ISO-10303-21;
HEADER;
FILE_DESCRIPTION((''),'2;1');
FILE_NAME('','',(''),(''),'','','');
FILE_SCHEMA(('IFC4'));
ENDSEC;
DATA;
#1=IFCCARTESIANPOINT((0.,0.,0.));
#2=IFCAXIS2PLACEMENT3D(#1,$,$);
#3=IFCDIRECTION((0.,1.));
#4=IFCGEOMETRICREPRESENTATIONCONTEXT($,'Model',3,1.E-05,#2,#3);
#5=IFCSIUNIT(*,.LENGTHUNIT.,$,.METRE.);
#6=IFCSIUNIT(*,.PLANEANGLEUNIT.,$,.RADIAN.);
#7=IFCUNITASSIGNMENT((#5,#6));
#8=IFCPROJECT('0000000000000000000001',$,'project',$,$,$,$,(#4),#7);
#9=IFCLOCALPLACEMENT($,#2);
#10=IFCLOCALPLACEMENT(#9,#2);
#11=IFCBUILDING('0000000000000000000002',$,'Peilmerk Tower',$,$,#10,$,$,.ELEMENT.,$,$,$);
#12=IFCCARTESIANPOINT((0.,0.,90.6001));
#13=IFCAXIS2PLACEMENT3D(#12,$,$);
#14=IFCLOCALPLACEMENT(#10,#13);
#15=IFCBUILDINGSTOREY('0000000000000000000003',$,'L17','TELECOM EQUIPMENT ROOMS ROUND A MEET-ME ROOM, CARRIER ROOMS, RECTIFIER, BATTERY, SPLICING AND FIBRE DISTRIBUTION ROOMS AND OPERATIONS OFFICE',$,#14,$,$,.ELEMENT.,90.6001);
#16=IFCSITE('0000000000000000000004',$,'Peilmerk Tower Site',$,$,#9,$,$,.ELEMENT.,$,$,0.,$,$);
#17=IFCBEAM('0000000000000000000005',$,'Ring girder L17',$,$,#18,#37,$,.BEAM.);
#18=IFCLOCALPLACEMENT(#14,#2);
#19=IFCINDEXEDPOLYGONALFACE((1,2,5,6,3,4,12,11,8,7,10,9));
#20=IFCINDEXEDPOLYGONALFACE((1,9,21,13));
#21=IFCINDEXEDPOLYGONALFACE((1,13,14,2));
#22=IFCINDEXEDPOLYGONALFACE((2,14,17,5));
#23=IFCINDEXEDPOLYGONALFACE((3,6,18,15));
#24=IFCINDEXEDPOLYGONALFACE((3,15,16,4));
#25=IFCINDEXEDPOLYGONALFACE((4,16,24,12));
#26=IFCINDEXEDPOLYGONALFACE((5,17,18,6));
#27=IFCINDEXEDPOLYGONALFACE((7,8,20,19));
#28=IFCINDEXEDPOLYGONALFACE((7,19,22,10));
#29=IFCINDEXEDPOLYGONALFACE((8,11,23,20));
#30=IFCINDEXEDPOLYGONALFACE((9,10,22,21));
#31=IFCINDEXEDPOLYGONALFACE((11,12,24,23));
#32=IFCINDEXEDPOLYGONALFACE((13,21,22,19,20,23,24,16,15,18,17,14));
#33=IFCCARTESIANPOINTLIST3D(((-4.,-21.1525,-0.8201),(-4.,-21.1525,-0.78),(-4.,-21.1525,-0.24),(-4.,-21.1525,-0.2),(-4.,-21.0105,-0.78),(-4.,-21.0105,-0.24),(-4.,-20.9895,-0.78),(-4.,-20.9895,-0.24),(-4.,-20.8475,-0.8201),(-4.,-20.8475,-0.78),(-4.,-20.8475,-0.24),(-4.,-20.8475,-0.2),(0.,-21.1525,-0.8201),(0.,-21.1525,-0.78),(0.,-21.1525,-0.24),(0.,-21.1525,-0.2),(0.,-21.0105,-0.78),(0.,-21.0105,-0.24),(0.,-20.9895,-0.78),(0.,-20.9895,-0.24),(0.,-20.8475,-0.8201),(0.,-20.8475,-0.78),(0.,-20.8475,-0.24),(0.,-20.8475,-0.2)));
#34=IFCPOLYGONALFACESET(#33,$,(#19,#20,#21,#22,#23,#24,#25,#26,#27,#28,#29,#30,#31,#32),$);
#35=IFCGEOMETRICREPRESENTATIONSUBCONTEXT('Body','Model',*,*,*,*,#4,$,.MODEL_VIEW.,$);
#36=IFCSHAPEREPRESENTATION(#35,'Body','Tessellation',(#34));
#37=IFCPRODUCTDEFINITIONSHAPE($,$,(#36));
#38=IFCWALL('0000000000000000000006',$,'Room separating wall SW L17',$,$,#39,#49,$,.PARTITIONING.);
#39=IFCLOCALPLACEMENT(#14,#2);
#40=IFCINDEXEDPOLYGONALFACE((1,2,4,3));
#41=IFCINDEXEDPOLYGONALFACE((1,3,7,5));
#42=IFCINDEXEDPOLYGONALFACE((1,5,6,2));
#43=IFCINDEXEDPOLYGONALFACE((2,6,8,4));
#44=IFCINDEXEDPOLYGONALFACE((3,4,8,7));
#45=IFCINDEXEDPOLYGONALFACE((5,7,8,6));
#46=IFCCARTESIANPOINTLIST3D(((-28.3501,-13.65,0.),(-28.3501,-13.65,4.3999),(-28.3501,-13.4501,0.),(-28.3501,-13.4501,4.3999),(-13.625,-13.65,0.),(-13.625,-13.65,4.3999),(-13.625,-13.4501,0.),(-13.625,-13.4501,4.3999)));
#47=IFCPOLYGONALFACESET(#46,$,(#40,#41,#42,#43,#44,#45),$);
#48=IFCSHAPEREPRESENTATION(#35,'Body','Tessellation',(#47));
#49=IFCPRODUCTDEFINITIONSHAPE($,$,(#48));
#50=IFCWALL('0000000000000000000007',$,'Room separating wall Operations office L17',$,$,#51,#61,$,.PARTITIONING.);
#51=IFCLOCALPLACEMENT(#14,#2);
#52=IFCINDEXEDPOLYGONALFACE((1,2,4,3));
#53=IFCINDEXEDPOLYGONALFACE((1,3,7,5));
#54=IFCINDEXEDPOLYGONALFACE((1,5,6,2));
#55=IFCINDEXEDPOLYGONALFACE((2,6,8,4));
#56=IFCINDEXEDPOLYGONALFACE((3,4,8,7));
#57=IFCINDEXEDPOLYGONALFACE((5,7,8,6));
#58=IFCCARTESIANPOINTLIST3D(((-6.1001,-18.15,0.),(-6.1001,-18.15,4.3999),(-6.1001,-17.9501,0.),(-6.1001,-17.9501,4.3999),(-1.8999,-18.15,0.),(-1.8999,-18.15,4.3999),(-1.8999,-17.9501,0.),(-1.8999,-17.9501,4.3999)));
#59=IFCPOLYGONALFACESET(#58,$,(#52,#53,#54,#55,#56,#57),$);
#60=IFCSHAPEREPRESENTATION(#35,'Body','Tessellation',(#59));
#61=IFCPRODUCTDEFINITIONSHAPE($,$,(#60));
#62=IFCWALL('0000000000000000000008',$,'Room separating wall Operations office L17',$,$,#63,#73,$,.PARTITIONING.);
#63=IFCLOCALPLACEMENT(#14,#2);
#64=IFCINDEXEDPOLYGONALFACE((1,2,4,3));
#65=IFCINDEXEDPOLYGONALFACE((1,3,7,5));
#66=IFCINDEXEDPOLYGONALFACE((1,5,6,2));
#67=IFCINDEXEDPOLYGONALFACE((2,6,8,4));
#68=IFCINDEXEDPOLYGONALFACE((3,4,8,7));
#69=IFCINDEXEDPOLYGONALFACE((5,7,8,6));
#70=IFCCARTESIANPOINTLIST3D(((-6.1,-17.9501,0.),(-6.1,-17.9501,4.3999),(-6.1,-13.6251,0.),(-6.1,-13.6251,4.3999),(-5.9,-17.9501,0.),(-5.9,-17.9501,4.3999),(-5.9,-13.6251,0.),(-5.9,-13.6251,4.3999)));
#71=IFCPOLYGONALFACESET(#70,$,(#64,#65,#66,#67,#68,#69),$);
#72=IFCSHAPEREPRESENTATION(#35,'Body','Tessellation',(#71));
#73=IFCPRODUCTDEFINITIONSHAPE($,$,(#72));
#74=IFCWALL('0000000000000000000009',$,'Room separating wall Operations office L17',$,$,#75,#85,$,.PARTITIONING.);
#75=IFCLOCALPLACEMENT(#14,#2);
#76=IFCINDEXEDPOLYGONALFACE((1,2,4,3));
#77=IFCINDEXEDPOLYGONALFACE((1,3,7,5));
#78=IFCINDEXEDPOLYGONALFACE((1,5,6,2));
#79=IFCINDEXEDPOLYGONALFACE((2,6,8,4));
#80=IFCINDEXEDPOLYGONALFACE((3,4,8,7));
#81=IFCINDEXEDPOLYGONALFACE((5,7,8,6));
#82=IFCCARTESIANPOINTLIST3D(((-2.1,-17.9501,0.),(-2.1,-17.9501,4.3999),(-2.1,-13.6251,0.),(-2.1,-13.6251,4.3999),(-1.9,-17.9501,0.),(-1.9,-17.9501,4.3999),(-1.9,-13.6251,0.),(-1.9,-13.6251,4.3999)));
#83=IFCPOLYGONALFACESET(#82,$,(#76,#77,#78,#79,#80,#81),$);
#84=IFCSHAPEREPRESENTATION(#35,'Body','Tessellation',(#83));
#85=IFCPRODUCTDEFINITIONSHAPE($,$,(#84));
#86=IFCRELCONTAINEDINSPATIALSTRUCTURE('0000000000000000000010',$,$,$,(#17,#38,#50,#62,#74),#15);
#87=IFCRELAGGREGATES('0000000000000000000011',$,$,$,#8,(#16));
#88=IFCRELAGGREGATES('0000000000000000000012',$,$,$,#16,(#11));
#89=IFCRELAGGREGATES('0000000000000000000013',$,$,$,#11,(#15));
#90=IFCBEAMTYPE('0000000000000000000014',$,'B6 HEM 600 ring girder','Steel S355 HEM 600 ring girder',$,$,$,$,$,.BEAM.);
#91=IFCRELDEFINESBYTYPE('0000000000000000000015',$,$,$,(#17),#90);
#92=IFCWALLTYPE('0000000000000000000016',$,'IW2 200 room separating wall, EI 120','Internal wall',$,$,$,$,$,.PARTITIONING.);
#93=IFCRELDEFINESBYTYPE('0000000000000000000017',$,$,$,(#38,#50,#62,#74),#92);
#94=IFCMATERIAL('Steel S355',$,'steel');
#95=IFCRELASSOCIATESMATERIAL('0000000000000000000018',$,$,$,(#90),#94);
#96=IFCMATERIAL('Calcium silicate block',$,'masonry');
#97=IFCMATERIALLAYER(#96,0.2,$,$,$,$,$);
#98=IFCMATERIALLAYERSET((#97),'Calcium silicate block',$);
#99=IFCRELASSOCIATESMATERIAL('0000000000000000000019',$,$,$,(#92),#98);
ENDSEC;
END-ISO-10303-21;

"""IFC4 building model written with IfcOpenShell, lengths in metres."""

from ifc_helpers import new_model, si_unit, direction, frame, frame_2d, origin, origin_2d, place, context, subcontext, project, spatial, rectangle, i_section, extrude, material, layer, layer_set, material_profile, profile_set, type_object, element, save


model = new_model("IFC4")

# Units and contexts
model_context = context("Model", 3, precision=1e-05, world=origin(), true_north=direction((0.0, 1.0)))
body_context = subcontext(model_context, "Body", "Model", "MODEL_VIEW")
ifc_project = project(units=[si_unit("LENGTHUNIT", "METRE"), si_unit("PLANEANGLEUNIT", "RADIAN")], contexts=[model_context])

# Site, building, storey
site_placement = place(None, origin())
site = spatial("IfcSite", under=ifc_project, at=site_placement, Name="Peilmerk Tower Site", CompositionType="ELEMENT", RefElevation=0.0)
building_placement = place(site_placement, origin())
building = spatial("IfcBuilding", under=site, at=building_placement, Name="Peilmerk Tower", CompositionType="ELEMENT")
storey_placement = place(building_placement, frame((0.0, 0.0, 90.6001)))
storey = spatial("IfcBuildingStorey", under=building, at=storey_placement, Name="L17", Description="TELECOM EQUIPMENT ROOMS ROUND A MEET-ME ROOM, CARRIER ROOMS, RECTIFIER, BATTERY, SPLICING AND FIBRE DISTRIBUTION ROOMS AND OPERATIONS OFFICE", CompositionType="ELEMENT", Elevation=90.6001)

# Beam
ifc_material_1 = material(Name="Steel S355", Category="steel")
ifc_material_profile_1 = material_profile(ifc_material_1, i_section(OverallWidth=0.3049, OverallDepth=0.6201, WebThickness=0.021, FlangeThickness=0.04, at=origin_2d()), Name="HEM 600")
ifc_profile_set_1 = profile_set([ifc_material_profile_1], Name="Steel S355")
beam_type_1 = type_object("IfcBeamType", Name="B6 HEM 600 ring girder", Description="Steel S355 HEM 600 ring girder", PredefinedType="BEAM", material=ifc_profile_set_1)
for number, where, z_axis, x_axis, name in (
    (1, (-4.0, -21.0, -0.51), (1.0, 0.0, 0.0), (0.0, 1.0, 0.0), "Ring girder L17"),
):
    element("IfcBeam", number, at=place(storey_placement, frame(where, z_axis=z_axis, x_axis=x_axis)), inside=storey, type_object=beam_type_1, Name=name, PredefinedType="BEAM", context=body_context, shape_type="SweptSolid", body=[
        extrude(i_section(OverallWidth=0.3049, OverallDepth=0.6201, WebThickness=0.021, FlangeThickness=0.04, at=origin_2d()), origin(), (0.0, 0.0, 1.0), 4.0),
    ])

# Walls
ifc_material_2 = material(Name="Calcium silicate block", Category="masonry")
ifc_layer = layer(ifc_material_2, 0.2)
ifc_layer_set = layer_set([ifc_layer], Name="Calcium silicate block")
wall_type = type_object("IfcWallType", Name="IW2 200 room separating wall, EI 120", Description="Internal wall", PredefinedType="PARTITIONING", material=ifc_layer_set)
wall_1_placement = place(storey_placement, frame((-13.625, -13.55, 0.0), z_axis=(0.0, 0.0, 1.0), x_axis=(-1.0, 0.0, 0.0)))
element("IfcWall", 2, at=wall_1_placement, inside=storey, type_object=wall_type, Name="Room separating wall SW L17", PredefinedType="PARTITIONING", context=body_context, shape_type="SweptSolid", body=[
    extrude(rectangle(XDim=14.7251, YDim=0.2, at=frame_2d((7.3625, 0.0))), origin(), (0.0, 0.0, 1.0), 4.3999),
])
wall_2_placement = place(storey_placement, frame((-6.1001, -18.05, 0.0), z_axis=(0.0, 0.0, 1.0), x_axis=(1.0, 0.0, 0.0)))
element("IfcWall", 3, at=wall_2_placement, inside=storey, type_object=wall_type, Name="Room separating wall Operations office L17", PredefinedType="PARTITIONING", context=body_context, shape_type="SweptSolid", body=[
    extrude(rectangle(XDim=4.2002, YDim=0.2, at=frame_2d((2.1001, 0.0))), origin(), (0.0, 0.0, 1.0), 4.3999),
])
for number, where, z_axis, x_axis, name in (
    (4, (-6.0, -13.625, 0.0), (0.0, 0.0, 1.0), (0.0, -1.0, 0.0), "Room separating wall Operations office L17"),
    (5, (-2.0, -13.625, 0.0), (0.0, 0.0, 1.0), (0.0, -1.0, 0.0), "Room separating wall Operations office L17"),
):
    element("IfcWall", number, at=place(storey_placement, frame(where, z_axis=z_axis, x_axis=x_axis)), inside=storey, type_object=wall_type, Name=name, PredefinedType="PARTITIONING", context=body_context, shape_type="SweptSolid", body=[
        extrude(rectangle(XDim=4.325, YDim=0.2, at=frame_2d((2.1626, 0.0))), origin(), (0.0, 0.0, 1.0), 4.3999),
    ])

save(model, "model.ifc")
